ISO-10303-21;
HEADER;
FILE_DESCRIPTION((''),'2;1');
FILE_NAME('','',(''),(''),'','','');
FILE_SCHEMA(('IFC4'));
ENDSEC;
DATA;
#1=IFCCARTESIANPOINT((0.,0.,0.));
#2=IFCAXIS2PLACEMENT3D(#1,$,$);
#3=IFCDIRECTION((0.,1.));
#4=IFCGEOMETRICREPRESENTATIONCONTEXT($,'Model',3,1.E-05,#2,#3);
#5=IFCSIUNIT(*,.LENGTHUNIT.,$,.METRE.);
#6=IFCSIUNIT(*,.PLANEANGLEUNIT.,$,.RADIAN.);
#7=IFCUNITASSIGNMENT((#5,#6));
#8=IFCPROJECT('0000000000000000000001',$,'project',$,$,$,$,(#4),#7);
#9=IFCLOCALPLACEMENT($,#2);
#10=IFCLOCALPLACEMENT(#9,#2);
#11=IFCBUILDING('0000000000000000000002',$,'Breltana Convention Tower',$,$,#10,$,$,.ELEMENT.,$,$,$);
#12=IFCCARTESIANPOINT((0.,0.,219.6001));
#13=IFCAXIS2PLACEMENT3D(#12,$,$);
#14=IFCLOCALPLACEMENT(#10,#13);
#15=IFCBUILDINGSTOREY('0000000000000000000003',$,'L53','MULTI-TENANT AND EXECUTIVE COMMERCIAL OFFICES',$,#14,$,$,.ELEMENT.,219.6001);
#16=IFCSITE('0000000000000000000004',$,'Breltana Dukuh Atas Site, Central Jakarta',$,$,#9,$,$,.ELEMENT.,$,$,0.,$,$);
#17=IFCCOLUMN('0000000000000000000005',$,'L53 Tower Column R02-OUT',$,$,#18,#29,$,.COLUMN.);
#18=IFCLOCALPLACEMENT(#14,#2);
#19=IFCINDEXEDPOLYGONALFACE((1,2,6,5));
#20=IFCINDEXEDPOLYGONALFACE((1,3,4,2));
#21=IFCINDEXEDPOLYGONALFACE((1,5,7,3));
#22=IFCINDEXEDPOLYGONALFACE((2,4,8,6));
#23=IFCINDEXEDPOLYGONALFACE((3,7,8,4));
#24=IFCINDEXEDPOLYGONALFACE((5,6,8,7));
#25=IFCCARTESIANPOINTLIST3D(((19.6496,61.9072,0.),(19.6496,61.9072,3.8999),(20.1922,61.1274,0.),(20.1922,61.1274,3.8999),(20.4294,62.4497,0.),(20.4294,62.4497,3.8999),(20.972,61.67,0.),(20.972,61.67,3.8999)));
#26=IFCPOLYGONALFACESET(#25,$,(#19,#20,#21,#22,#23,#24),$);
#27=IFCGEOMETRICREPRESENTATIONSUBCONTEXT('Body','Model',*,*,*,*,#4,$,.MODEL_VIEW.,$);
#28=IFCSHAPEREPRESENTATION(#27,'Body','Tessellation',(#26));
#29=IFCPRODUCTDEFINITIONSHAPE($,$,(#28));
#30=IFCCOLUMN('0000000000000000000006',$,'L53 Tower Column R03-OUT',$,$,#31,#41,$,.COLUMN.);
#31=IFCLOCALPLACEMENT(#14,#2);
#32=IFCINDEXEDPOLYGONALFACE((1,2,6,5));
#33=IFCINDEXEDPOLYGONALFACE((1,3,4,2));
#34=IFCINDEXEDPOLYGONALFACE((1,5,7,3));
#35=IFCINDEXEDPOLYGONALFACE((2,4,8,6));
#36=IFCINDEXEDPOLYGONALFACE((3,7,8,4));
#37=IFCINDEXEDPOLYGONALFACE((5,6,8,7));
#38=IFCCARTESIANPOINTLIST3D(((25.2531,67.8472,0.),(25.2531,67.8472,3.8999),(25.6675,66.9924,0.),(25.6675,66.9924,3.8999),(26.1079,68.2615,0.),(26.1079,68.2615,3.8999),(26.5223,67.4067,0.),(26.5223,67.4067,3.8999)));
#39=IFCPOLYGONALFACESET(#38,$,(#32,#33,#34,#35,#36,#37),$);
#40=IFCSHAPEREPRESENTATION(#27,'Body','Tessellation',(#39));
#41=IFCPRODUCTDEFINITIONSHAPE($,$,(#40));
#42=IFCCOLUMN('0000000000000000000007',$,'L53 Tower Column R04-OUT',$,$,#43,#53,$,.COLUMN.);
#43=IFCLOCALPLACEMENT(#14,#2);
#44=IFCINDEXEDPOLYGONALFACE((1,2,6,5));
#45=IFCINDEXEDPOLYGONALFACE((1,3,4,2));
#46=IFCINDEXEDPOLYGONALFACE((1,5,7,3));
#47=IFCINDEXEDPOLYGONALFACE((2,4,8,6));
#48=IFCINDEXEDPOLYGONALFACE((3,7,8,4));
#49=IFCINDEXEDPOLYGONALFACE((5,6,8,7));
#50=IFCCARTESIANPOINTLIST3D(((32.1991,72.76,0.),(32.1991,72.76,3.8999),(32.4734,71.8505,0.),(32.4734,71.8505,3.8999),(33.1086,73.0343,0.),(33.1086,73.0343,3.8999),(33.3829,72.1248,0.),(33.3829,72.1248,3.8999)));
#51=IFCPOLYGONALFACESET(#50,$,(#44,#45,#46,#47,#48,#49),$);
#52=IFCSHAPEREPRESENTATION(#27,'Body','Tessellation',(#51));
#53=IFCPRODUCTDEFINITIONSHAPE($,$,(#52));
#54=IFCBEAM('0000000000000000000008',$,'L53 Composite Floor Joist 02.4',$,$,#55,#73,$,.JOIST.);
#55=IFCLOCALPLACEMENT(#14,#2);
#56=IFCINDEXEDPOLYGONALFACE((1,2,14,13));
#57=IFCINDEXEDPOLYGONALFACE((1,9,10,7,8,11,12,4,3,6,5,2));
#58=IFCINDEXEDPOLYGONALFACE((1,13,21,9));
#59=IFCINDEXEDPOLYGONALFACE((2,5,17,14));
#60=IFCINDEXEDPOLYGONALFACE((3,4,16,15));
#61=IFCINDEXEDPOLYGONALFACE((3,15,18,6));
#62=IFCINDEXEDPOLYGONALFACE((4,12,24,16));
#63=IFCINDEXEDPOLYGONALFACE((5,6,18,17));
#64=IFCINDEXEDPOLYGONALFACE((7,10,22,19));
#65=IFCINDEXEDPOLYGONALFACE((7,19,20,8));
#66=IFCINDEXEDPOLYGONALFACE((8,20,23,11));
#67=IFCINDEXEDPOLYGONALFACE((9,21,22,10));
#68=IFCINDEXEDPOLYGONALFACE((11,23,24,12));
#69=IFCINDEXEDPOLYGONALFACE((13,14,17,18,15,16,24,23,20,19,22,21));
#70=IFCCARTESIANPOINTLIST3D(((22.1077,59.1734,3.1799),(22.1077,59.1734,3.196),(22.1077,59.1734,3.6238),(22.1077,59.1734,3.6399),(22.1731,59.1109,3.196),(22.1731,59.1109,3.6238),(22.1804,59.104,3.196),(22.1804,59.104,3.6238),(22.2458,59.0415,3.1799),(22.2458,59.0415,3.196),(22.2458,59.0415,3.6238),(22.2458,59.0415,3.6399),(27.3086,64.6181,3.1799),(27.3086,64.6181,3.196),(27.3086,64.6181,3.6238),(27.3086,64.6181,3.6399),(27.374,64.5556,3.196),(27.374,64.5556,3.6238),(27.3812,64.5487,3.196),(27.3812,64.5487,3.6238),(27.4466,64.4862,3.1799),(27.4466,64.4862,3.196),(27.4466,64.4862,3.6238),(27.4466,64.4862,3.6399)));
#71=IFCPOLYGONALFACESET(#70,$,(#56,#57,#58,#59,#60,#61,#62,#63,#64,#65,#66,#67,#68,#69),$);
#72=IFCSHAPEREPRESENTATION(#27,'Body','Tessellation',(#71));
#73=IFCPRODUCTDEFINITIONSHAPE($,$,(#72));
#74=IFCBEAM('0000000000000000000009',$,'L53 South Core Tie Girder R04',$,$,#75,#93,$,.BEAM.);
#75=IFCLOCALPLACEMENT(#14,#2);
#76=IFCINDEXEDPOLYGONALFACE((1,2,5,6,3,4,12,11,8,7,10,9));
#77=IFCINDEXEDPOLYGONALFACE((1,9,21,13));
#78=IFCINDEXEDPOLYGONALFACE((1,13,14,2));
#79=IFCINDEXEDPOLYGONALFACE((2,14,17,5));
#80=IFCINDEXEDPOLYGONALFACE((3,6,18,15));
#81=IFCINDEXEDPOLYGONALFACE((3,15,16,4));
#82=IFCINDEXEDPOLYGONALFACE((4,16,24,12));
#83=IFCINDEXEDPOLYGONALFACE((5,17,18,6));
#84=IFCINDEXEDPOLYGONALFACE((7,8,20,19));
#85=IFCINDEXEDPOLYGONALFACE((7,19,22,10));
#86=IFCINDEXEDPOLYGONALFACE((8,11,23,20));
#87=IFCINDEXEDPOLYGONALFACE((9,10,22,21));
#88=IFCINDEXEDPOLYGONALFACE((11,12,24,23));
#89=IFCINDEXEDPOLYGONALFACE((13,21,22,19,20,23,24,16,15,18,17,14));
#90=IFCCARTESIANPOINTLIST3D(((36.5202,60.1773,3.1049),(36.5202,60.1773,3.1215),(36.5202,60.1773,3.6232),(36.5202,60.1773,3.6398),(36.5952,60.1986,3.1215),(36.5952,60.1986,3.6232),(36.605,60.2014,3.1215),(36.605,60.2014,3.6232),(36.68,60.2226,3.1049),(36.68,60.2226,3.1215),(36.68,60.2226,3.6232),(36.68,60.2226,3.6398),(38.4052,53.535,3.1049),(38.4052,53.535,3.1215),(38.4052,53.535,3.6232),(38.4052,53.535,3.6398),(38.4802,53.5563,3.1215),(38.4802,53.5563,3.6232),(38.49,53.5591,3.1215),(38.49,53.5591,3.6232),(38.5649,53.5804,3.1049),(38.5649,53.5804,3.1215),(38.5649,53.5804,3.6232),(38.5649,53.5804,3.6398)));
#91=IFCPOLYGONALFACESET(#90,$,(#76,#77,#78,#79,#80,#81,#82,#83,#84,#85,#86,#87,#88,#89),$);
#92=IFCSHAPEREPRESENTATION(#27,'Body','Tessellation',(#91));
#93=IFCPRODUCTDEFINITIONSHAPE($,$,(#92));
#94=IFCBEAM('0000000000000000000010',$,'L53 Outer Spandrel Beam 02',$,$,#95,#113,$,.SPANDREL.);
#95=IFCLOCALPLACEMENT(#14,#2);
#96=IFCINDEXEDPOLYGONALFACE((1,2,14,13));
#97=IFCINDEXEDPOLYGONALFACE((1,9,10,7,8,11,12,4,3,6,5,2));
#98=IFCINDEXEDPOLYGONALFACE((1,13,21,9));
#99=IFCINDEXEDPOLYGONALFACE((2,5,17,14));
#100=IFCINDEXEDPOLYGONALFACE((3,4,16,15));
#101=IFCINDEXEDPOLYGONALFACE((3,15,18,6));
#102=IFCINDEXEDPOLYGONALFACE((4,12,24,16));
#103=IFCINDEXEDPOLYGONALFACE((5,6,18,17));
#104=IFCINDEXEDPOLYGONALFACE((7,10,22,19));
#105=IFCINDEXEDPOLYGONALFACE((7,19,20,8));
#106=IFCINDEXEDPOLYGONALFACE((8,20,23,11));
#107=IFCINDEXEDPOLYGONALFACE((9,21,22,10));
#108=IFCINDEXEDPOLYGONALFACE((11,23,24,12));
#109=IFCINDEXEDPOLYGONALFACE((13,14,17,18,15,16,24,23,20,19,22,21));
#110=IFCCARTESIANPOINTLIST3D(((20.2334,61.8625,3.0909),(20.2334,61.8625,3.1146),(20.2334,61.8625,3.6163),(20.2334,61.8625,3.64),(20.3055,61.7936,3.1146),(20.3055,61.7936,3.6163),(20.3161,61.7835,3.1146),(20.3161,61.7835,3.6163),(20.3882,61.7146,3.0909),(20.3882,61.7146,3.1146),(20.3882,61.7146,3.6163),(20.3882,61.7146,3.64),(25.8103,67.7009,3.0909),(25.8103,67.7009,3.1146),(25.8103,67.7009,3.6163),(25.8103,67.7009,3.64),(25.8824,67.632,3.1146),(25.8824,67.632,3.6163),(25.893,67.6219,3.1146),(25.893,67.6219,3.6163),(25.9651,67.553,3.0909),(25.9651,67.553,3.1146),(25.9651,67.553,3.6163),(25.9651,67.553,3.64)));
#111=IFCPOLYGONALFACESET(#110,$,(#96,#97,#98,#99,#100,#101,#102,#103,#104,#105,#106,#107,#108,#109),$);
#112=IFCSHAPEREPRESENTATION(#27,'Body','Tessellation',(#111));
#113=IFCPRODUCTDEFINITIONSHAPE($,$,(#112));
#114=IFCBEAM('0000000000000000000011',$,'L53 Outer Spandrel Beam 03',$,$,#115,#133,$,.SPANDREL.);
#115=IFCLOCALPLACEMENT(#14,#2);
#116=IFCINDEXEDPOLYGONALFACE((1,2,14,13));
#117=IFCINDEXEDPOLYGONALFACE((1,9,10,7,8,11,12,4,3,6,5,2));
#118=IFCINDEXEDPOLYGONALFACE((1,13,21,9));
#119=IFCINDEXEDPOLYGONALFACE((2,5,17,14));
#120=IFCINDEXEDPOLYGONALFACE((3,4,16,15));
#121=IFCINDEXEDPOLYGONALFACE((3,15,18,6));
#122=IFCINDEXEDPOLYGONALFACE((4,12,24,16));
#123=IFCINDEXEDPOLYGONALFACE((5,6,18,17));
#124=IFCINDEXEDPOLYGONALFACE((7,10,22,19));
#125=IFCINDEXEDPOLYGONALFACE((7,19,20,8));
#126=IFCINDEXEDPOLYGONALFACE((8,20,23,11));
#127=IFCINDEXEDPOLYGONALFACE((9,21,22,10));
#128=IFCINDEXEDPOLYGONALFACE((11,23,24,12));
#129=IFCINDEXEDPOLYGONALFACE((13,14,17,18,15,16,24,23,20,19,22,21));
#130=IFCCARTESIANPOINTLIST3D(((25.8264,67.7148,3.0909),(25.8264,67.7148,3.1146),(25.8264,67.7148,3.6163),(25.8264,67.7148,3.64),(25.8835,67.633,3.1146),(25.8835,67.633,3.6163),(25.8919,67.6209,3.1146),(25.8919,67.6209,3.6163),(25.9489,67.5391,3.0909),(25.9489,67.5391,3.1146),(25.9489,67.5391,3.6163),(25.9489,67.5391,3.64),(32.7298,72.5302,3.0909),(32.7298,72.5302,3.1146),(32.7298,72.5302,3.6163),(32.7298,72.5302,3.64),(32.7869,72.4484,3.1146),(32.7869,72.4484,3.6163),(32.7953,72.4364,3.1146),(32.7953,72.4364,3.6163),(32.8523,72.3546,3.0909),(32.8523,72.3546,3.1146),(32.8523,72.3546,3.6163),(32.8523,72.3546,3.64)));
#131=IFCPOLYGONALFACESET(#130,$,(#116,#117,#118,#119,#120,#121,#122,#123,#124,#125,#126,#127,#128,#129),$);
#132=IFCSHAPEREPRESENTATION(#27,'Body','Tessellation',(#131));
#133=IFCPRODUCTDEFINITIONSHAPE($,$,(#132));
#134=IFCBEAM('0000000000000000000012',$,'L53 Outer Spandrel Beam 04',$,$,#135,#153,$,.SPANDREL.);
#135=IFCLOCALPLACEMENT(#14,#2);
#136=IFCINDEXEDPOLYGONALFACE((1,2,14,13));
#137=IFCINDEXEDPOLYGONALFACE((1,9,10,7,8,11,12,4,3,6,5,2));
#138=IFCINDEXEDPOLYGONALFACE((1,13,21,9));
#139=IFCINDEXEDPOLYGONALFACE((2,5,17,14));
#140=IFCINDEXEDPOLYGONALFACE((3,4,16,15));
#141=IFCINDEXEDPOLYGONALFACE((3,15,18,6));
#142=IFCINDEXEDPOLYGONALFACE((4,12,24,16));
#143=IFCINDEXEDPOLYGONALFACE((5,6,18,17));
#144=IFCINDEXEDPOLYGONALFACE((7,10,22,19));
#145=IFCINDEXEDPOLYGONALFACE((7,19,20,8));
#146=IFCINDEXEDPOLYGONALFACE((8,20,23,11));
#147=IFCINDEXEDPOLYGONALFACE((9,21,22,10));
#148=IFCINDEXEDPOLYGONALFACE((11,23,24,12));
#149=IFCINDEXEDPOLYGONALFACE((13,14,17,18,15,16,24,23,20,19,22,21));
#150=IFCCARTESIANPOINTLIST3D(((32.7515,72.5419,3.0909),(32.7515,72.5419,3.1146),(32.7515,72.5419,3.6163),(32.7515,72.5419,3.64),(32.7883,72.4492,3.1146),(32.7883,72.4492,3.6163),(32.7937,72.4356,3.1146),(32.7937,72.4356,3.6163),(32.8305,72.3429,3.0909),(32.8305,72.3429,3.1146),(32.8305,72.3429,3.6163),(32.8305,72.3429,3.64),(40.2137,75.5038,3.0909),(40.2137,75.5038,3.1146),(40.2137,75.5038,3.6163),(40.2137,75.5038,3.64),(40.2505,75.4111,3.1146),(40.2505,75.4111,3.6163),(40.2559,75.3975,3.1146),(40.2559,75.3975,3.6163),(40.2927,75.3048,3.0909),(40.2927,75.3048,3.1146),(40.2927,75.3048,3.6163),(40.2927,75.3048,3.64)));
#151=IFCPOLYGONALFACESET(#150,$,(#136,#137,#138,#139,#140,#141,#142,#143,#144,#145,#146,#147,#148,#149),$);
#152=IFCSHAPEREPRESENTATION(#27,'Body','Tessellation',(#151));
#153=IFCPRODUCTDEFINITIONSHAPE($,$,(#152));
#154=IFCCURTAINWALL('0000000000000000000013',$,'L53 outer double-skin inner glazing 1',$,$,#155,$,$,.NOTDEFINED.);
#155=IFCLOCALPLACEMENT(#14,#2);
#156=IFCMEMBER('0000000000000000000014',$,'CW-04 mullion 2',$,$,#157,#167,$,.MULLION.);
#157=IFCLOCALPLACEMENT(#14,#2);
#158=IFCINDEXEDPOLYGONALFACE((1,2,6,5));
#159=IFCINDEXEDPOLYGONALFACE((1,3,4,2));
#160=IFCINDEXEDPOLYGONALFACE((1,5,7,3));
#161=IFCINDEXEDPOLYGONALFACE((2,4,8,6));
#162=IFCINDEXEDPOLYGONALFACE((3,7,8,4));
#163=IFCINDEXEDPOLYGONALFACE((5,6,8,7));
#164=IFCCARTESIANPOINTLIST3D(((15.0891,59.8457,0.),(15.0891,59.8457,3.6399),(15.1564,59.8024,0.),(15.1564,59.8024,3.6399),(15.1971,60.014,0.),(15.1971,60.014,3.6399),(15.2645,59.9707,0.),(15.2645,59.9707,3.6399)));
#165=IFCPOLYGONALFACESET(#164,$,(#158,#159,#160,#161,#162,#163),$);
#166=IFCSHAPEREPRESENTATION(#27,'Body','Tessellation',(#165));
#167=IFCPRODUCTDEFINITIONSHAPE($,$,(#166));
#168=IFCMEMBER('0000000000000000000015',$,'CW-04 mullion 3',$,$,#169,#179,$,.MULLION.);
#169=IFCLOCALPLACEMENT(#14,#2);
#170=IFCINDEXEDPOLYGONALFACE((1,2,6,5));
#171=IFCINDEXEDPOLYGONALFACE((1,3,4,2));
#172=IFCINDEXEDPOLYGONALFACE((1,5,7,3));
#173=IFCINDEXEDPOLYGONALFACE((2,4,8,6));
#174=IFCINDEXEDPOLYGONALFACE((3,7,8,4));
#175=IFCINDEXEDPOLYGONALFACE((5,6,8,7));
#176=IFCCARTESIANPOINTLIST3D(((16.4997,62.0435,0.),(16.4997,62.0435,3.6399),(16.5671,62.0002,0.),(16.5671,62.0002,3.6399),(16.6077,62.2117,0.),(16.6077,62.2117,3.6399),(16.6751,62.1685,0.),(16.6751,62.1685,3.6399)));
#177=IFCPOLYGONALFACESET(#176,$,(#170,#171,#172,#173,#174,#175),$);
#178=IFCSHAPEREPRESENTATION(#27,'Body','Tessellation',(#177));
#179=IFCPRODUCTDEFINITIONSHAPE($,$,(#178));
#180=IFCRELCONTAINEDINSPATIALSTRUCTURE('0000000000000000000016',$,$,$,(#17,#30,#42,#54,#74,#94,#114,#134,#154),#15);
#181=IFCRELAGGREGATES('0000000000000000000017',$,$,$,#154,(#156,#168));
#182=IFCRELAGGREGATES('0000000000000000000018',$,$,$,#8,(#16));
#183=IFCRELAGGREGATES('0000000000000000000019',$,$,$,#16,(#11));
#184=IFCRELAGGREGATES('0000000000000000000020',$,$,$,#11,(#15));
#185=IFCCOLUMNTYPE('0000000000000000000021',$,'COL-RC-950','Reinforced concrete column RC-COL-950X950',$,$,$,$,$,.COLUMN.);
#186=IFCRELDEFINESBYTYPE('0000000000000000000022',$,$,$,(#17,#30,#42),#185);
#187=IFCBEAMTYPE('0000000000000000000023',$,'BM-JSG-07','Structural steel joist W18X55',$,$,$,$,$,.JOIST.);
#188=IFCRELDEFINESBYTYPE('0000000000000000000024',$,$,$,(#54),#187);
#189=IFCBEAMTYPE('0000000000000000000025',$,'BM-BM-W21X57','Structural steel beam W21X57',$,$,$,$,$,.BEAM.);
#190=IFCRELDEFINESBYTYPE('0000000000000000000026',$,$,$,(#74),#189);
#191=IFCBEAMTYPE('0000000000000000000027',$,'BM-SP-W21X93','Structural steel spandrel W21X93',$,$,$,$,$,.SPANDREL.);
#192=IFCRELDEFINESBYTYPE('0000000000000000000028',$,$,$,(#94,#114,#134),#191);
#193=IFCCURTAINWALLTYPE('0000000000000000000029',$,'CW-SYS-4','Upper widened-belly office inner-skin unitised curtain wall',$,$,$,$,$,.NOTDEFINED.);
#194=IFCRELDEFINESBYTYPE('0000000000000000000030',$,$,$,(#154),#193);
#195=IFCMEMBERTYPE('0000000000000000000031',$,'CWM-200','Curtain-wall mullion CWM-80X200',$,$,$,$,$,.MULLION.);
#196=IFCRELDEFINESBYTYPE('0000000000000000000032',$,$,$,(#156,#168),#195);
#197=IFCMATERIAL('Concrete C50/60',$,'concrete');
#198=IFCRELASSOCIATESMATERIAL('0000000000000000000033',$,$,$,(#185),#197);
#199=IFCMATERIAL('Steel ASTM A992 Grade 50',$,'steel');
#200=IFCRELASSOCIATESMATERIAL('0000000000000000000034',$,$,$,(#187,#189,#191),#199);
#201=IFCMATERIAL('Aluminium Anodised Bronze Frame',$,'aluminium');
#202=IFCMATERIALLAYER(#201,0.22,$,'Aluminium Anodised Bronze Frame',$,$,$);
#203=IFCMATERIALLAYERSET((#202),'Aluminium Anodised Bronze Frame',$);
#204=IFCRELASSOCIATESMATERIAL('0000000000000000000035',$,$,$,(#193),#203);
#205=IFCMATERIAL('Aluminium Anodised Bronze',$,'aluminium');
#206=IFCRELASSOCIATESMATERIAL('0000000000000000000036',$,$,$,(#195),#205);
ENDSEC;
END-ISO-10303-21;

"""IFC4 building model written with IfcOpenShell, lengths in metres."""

from ifc_helpers import new_model, si_unit, direction, frame, origin, origin_2d, place, context, subcontext, project, spatial, rectangle, i_section, extrude, source, transform, mapped, material, layer, layer_set, material_profile, profile_set, type_object, type_shapes, element, aggregate, save


model = new_model("IFC4")

# Units and contexts
model_context = context("Model", 3, precision=1e-05, world=origin(), true_north=direction((0.0, 1.0)))
body_context = subcontext(model_context, "Body", "Model", "MODEL_VIEW")
ifc_project = project(units=[si_unit("LENGTHUNIT", "METRE"), si_unit("PLANEANGLEUNIT", "RADIAN")], contexts=[model_context])

# Site, building, storey
site_placement = place(None, origin())
site = spatial("IfcSite", under=ifc_project, at=site_placement, Name="Breltana Dukuh Atas Site, Central Jakarta", CompositionType="ELEMENT", RefElevation=0.0)
building_placement = place(site_placement, origin())
building = spatial("IfcBuilding", under=site, at=building_placement, Name="Breltana Convention Tower", CompositionType="ELEMENT")
storey_placement = place(building_placement, frame((0.0, 0.0, 219.6001)))
storey = spatial("IfcBuildingStorey", under=building, at=storey_placement, Name="L53", Description="MULTI-TENANT AND EXECUTIVE COMMERCIAL OFFICES", CompositionType="ELEMENT", Elevation=219.6001)

# Columns
ifc_material_1 = material(Name="Concrete C50/60", Category="concrete")
ifc_material_profile_1 = material_profile(ifc_material_1, rectangle(XDim=0.95, YDim=0.95, at=origin_2d()), Name="RC-COL-950X950")
ifc_profile_set_1 = profile_set([ifc_material_profile_1], Name="Concrete C50/60")
column_type = type_object("IfcColumnType", Name="COL-RC-950", Description="Reinforced concrete column RC-COL-950X950", PredefinedType="COLUMN", material=ifc_profile_set_1)
shared_shape_1 = source(origin(), body_context, "Body", "SweptSolid", [
    extrude(rectangle(XDim=0.95, YDim=0.95, at=origin_2d()), origin(), (0.0, 0.0, 1.0), 3.8999),
])
for number, where, z_axis, x_axis, name in (
    (1, (20.3108, 61.7886, 0.0), (0.0, 0.0, 1.0), (-0.571143, 0.82085, 0.0), "L53 Tower Column R02-OUT"),
    (2, (25.8877, 67.627, 0.0), (0.0, 0.0, 1.0), (-0.436174, 0.899863, 0.0), "L53 Tower Column R03-OUT"),
    (3, (32.791, 72.4424, 0.0), (0.0, 0.0, 1.0), (-0.288698, 0.95742, 0.0), "L53 Tower Column R04-OUT"),
):
    element("IfcColumn", number, at=place(storey_placement, frame(where, z_axis=z_axis, x_axis=x_axis)), inside=storey, type_object=column_type, Name=name, PredefinedType="COLUMN", context=body_context, shape_type="MappedRepresentation", body=[
        mapped(shared_shape_1, transform((0.0, 0.0, 0.0), scale=1.0)),
    ])

# Beams
ifc_material_2 = material(Name="Steel ASTM A992 Grade 50", Category="steel")
ifc_material_profile_2 = material_profile(ifc_material_2, i_section(OverallWidth=0.1909, OverallDepth=0.46, WebThickness=0.01, FlangeThickness=0.0161, at=origin_2d()), Name="W18X55")
ifc_profile_set_2 = profile_set([ifc_material_profile_2], Name="Steel ASTM A992 Grade 50")
beam_type_1 = type_object("IfcBeamType", Name="BM-JSG-07", Description="Structural steel joist W18X55", PredefinedType="JOIST", material=ifc_profile_set_2)
shared_shape_2 = source(origin(), body_context, "Body", "SweptSolid", [
    extrude(i_section(OverallWidth=0.1909, OverallDepth=0.46, WebThickness=0.01, FlangeThickness=0.0161, at=origin_2d()), origin(), (0.0, 0.0, 1.0), 7.5295),
])
beam_1_placement = place(storey_placement, frame((22.1768, 59.1074, 3.4099), z_axis=(0.690726, 0.723117, 0.0), x_axis=(-0.723117, 0.690726, 0.0)))
element("IfcBeam", 4, at=beam_1_placement, inside=storey, type_object=beam_type_1, Name="L53 Composite Floor Joist 02.4", PredefinedType="JOIST", context=body_context, shape_type="MappedRepresentation", body=[
    mapped(shared_shape_2, transform((0.0, 0.0, 0.0), scale=1.0)),
])
ifc_material_profile_3 = material_profile(ifc_material_2, i_section(OverallWidth=0.166, OverallDepth=0.5349, WebThickness=0.0103, FlangeThickness=0.0166, at=origin_2d()), Name="W21X57")
ifc_profile_set_3 = profile_set([ifc_material_profile_3], Name="Steel ASTM A992 Grade 50")
beam_type_2 = type_object("IfcBeamType", Name="BM-BM-W21X57", Description="Structural steel beam W21X57", PredefinedType="BEAM", material=ifc_profile_set_3)
shared_shape_3 = source(origin(), body_context, "Body", "SweptSolid", [
    extrude(i_section(OverallWidth=0.166, OverallDepth=0.5349, WebThickness=0.0103, FlangeThickness=0.0166, at=origin_2d()), origin(), (0.0, 0.0, 1.0), 6.9045),
])
type_shapes(beam_type_2, [shared_shape_3])
beam_2_placement = place(storey_placement, frame((36.6001, 60.2, 3.3723), z_axis=(0.273007, -0.962012, 0.0), x_axis=(0.962012, 0.273007, 0.0)))
element("IfcBeam", 5, at=beam_2_placement, inside=storey, type_object=beam_type_2, Name="L53 South Core Tie Girder R04", PredefinedType="BEAM", context=body_context, shape_type="MappedRepresentation", body=[
    mapped(shared_shape_3, transform((0.0, 0.0, 0.0), scale=1.0)),
])
ifc_material_profile_4 = material_profile(ifc_material_2, i_section(OverallWidth=0.2141, OverallDepth=0.5491, WebThickness=0.0146, FlangeThickness=0.0237, at=origin_2d()), Name="W21X93")
ifc_profile_set_4 = profile_set([ifc_material_profile_4], Name="Steel ASTM A992 Grade 50")
beam_type_3 = type_object("IfcBeamType", Name="BM-SP-W21X93", Description="Structural steel spandrel W21X93", PredefinedType="SPANDREL", material=ifc_profile_set_4)
shared_shape_4 = source(origin(), body_context, "Body", "SweptSolid", [
    extrude(i_section(OverallWidth=0.2141, OverallDepth=0.5491, WebThickness=0.0146, FlangeThickness=0.0237, at=origin_2d()), origin(), (0.0, 0.0, 1.0), 8.074),
])
beam_3_placement = place(storey_placement, frame((20.3108, 61.7886, 3.3655), z_axis=(0.690729, 0.723114, 0.0), x_axis=(-0.723114, 0.690729, 0.0)))
element("IfcBeam", 6, at=beam_3_placement, inside=storey, type_object=beam_type_3, Name="L53 Outer Spandrel Beam 02", PredefinedType="SPANDREL", context=body_context, shape_type="MappedRepresentation", body=[
    mapped(shared_shape_4, transform((0.0, 0.0, 0.0), scale=1.0)),
])
shared_shape_5 = source(origin(), body_context, "Body", "SweptSolid", [
    extrude(i_section(OverallWidth=0.2141, OverallDepth=0.5491, WebThickness=0.0146, FlangeThickness=0.0237, at=origin_2d()), origin(), (0.0, 0.0, 1.0), 8.417),
])
beam_4_placement = place(storey_placement, frame((25.8877, 67.627, 3.3655), z_axis=(0.820174, 0.572114, 0.0), x_axis=(-0.572114, 0.820174, 0.0)))
element("IfcBeam", 7, at=beam_4_placement, inside=storey, type_object=beam_type_3, Name="L53 Outer Spandrel Beam 03", PredefinedType="SPANDREL", context=body_context, shape_type="MappedRepresentation", body=[
    mapped(shared_shape_5, transform((0.0, 0.0, 0.0), scale=1.0)),
])
shared_shape_6 = source(origin(), body_context, "Body", "SweptSolid", [
    extrude(i_section(OverallWidth=0.2141, OverallDepth=0.5491, WebThickness=0.0146, FlangeThickness=0.0237, at=origin_2d()), origin(), (0.0, 0.0, 1.0), 8.0286),
])
beam_5_placement = place(storey_placement, frame((32.791, 72.4424, 3.3655), z_axis=(0.929459, 0.368925, 0.0), x_axis=(-0.368925, 0.929459, 0.0)))
element("IfcBeam", 8, at=beam_5_placement, inside=storey, type_object=beam_type_3, Name="L53 Outer Spandrel Beam 04", PredefinedType="SPANDREL", context=body_context, shape_type="MappedRepresentation", body=[
    mapped(shared_shape_6, transform((0.0, 0.0, 0.0), scale=1.0)),
])

# Curtain wall, members
ifc_material_3 = material(Name="Aluminium Anodised Bronze Frame", Category="aluminium")
ifc_layer_1 = layer(ifc_material_3, 0.22, Name="Aluminium Anodised Bronze Frame")
ifc_layer_set_1 = layer_set([ifc_layer_1], Name="Aluminium Anodised Bronze Frame")
curtain_wall_type = type_object("IfcCurtainWallType", Name="CW-SYS-4", Description="Upper widened-belly office inner-skin unitised curtain wall", PredefinedType="NOTDEFINED", material=ifc_layer_set_1)
curtain_wall_1_placement = place(storey_placement, origin())
curtain_wall_1 = element("IfcCurtainWall", 9, at=curtain_wall_1_placement, inside=storey, type_object=curtain_wall_type, Name="L53 outer double-skin inner glazing 1", PredefinedType="NOTDEFINED")
ifc_material_4 = material(Name="Aluminium Anodised Bronze", Category="aluminium")
ifc_material_profile_5 = material_profile(ifc_material_4, rectangle(XDim=0.0801, YDim=0.2, at=origin_2d()), Name="CWM-80X200")
ifc_profile_set_5 = profile_set([ifc_material_profile_5], Name="Aluminium Anodised Bronze")
member_type_1 = type_object("IfcMemberType", Name="CWM-200", Description="Curtain-wall mullion CWM-80X200", PredefinedType="MULLION", material=ifc_profile_set_5)
shared_shape_7 = source(origin(), body_context, "Body", "SweptSolid", [
    extrude(rectangle(XDim=0.0801, YDim=0.2, at=origin_2d()), origin(), (0.0, 0.0, 1.0), 3.6399),
])
member_1_placement = place(storey_placement, frame((15.1768, 59.9082, 0.0), z_axis=(0.0, 0.0, 1.0), x_axis=(-0.841548, 0.540182, 0.0)))
member_1 = element("IfcMember", 10, at=member_1_placement, type_object=member_type_1, Name="CW-04 mullion 2", PredefinedType="MULLION", context=body_context, shape_type="MappedRepresentation", body=[
    mapped(shared_shape_7, transform((0.0, 0.0, 0.0), scale=1.0)),
])
member_2_placement = place(storey_placement, frame((16.5874, 62.106, 0.0), z_axis=(0.0, 0.0, 1.0), x_axis=(-0.841548, 0.540182, 0.0)))
member_2 = element("IfcMember", 11, at=member_2_placement, type_object=member_type_1, Name="CW-04 mullion 3", PredefinedType="MULLION", context=body_context, shape_type="MappedRepresentation", body=[
    mapped(shared_shape_7, transform((0.0, 0.0, 0.0), scale=1.0)),
])

aggregate(curtain_wall_1, [member_1, member_2])

save(model, "model.ifc")
